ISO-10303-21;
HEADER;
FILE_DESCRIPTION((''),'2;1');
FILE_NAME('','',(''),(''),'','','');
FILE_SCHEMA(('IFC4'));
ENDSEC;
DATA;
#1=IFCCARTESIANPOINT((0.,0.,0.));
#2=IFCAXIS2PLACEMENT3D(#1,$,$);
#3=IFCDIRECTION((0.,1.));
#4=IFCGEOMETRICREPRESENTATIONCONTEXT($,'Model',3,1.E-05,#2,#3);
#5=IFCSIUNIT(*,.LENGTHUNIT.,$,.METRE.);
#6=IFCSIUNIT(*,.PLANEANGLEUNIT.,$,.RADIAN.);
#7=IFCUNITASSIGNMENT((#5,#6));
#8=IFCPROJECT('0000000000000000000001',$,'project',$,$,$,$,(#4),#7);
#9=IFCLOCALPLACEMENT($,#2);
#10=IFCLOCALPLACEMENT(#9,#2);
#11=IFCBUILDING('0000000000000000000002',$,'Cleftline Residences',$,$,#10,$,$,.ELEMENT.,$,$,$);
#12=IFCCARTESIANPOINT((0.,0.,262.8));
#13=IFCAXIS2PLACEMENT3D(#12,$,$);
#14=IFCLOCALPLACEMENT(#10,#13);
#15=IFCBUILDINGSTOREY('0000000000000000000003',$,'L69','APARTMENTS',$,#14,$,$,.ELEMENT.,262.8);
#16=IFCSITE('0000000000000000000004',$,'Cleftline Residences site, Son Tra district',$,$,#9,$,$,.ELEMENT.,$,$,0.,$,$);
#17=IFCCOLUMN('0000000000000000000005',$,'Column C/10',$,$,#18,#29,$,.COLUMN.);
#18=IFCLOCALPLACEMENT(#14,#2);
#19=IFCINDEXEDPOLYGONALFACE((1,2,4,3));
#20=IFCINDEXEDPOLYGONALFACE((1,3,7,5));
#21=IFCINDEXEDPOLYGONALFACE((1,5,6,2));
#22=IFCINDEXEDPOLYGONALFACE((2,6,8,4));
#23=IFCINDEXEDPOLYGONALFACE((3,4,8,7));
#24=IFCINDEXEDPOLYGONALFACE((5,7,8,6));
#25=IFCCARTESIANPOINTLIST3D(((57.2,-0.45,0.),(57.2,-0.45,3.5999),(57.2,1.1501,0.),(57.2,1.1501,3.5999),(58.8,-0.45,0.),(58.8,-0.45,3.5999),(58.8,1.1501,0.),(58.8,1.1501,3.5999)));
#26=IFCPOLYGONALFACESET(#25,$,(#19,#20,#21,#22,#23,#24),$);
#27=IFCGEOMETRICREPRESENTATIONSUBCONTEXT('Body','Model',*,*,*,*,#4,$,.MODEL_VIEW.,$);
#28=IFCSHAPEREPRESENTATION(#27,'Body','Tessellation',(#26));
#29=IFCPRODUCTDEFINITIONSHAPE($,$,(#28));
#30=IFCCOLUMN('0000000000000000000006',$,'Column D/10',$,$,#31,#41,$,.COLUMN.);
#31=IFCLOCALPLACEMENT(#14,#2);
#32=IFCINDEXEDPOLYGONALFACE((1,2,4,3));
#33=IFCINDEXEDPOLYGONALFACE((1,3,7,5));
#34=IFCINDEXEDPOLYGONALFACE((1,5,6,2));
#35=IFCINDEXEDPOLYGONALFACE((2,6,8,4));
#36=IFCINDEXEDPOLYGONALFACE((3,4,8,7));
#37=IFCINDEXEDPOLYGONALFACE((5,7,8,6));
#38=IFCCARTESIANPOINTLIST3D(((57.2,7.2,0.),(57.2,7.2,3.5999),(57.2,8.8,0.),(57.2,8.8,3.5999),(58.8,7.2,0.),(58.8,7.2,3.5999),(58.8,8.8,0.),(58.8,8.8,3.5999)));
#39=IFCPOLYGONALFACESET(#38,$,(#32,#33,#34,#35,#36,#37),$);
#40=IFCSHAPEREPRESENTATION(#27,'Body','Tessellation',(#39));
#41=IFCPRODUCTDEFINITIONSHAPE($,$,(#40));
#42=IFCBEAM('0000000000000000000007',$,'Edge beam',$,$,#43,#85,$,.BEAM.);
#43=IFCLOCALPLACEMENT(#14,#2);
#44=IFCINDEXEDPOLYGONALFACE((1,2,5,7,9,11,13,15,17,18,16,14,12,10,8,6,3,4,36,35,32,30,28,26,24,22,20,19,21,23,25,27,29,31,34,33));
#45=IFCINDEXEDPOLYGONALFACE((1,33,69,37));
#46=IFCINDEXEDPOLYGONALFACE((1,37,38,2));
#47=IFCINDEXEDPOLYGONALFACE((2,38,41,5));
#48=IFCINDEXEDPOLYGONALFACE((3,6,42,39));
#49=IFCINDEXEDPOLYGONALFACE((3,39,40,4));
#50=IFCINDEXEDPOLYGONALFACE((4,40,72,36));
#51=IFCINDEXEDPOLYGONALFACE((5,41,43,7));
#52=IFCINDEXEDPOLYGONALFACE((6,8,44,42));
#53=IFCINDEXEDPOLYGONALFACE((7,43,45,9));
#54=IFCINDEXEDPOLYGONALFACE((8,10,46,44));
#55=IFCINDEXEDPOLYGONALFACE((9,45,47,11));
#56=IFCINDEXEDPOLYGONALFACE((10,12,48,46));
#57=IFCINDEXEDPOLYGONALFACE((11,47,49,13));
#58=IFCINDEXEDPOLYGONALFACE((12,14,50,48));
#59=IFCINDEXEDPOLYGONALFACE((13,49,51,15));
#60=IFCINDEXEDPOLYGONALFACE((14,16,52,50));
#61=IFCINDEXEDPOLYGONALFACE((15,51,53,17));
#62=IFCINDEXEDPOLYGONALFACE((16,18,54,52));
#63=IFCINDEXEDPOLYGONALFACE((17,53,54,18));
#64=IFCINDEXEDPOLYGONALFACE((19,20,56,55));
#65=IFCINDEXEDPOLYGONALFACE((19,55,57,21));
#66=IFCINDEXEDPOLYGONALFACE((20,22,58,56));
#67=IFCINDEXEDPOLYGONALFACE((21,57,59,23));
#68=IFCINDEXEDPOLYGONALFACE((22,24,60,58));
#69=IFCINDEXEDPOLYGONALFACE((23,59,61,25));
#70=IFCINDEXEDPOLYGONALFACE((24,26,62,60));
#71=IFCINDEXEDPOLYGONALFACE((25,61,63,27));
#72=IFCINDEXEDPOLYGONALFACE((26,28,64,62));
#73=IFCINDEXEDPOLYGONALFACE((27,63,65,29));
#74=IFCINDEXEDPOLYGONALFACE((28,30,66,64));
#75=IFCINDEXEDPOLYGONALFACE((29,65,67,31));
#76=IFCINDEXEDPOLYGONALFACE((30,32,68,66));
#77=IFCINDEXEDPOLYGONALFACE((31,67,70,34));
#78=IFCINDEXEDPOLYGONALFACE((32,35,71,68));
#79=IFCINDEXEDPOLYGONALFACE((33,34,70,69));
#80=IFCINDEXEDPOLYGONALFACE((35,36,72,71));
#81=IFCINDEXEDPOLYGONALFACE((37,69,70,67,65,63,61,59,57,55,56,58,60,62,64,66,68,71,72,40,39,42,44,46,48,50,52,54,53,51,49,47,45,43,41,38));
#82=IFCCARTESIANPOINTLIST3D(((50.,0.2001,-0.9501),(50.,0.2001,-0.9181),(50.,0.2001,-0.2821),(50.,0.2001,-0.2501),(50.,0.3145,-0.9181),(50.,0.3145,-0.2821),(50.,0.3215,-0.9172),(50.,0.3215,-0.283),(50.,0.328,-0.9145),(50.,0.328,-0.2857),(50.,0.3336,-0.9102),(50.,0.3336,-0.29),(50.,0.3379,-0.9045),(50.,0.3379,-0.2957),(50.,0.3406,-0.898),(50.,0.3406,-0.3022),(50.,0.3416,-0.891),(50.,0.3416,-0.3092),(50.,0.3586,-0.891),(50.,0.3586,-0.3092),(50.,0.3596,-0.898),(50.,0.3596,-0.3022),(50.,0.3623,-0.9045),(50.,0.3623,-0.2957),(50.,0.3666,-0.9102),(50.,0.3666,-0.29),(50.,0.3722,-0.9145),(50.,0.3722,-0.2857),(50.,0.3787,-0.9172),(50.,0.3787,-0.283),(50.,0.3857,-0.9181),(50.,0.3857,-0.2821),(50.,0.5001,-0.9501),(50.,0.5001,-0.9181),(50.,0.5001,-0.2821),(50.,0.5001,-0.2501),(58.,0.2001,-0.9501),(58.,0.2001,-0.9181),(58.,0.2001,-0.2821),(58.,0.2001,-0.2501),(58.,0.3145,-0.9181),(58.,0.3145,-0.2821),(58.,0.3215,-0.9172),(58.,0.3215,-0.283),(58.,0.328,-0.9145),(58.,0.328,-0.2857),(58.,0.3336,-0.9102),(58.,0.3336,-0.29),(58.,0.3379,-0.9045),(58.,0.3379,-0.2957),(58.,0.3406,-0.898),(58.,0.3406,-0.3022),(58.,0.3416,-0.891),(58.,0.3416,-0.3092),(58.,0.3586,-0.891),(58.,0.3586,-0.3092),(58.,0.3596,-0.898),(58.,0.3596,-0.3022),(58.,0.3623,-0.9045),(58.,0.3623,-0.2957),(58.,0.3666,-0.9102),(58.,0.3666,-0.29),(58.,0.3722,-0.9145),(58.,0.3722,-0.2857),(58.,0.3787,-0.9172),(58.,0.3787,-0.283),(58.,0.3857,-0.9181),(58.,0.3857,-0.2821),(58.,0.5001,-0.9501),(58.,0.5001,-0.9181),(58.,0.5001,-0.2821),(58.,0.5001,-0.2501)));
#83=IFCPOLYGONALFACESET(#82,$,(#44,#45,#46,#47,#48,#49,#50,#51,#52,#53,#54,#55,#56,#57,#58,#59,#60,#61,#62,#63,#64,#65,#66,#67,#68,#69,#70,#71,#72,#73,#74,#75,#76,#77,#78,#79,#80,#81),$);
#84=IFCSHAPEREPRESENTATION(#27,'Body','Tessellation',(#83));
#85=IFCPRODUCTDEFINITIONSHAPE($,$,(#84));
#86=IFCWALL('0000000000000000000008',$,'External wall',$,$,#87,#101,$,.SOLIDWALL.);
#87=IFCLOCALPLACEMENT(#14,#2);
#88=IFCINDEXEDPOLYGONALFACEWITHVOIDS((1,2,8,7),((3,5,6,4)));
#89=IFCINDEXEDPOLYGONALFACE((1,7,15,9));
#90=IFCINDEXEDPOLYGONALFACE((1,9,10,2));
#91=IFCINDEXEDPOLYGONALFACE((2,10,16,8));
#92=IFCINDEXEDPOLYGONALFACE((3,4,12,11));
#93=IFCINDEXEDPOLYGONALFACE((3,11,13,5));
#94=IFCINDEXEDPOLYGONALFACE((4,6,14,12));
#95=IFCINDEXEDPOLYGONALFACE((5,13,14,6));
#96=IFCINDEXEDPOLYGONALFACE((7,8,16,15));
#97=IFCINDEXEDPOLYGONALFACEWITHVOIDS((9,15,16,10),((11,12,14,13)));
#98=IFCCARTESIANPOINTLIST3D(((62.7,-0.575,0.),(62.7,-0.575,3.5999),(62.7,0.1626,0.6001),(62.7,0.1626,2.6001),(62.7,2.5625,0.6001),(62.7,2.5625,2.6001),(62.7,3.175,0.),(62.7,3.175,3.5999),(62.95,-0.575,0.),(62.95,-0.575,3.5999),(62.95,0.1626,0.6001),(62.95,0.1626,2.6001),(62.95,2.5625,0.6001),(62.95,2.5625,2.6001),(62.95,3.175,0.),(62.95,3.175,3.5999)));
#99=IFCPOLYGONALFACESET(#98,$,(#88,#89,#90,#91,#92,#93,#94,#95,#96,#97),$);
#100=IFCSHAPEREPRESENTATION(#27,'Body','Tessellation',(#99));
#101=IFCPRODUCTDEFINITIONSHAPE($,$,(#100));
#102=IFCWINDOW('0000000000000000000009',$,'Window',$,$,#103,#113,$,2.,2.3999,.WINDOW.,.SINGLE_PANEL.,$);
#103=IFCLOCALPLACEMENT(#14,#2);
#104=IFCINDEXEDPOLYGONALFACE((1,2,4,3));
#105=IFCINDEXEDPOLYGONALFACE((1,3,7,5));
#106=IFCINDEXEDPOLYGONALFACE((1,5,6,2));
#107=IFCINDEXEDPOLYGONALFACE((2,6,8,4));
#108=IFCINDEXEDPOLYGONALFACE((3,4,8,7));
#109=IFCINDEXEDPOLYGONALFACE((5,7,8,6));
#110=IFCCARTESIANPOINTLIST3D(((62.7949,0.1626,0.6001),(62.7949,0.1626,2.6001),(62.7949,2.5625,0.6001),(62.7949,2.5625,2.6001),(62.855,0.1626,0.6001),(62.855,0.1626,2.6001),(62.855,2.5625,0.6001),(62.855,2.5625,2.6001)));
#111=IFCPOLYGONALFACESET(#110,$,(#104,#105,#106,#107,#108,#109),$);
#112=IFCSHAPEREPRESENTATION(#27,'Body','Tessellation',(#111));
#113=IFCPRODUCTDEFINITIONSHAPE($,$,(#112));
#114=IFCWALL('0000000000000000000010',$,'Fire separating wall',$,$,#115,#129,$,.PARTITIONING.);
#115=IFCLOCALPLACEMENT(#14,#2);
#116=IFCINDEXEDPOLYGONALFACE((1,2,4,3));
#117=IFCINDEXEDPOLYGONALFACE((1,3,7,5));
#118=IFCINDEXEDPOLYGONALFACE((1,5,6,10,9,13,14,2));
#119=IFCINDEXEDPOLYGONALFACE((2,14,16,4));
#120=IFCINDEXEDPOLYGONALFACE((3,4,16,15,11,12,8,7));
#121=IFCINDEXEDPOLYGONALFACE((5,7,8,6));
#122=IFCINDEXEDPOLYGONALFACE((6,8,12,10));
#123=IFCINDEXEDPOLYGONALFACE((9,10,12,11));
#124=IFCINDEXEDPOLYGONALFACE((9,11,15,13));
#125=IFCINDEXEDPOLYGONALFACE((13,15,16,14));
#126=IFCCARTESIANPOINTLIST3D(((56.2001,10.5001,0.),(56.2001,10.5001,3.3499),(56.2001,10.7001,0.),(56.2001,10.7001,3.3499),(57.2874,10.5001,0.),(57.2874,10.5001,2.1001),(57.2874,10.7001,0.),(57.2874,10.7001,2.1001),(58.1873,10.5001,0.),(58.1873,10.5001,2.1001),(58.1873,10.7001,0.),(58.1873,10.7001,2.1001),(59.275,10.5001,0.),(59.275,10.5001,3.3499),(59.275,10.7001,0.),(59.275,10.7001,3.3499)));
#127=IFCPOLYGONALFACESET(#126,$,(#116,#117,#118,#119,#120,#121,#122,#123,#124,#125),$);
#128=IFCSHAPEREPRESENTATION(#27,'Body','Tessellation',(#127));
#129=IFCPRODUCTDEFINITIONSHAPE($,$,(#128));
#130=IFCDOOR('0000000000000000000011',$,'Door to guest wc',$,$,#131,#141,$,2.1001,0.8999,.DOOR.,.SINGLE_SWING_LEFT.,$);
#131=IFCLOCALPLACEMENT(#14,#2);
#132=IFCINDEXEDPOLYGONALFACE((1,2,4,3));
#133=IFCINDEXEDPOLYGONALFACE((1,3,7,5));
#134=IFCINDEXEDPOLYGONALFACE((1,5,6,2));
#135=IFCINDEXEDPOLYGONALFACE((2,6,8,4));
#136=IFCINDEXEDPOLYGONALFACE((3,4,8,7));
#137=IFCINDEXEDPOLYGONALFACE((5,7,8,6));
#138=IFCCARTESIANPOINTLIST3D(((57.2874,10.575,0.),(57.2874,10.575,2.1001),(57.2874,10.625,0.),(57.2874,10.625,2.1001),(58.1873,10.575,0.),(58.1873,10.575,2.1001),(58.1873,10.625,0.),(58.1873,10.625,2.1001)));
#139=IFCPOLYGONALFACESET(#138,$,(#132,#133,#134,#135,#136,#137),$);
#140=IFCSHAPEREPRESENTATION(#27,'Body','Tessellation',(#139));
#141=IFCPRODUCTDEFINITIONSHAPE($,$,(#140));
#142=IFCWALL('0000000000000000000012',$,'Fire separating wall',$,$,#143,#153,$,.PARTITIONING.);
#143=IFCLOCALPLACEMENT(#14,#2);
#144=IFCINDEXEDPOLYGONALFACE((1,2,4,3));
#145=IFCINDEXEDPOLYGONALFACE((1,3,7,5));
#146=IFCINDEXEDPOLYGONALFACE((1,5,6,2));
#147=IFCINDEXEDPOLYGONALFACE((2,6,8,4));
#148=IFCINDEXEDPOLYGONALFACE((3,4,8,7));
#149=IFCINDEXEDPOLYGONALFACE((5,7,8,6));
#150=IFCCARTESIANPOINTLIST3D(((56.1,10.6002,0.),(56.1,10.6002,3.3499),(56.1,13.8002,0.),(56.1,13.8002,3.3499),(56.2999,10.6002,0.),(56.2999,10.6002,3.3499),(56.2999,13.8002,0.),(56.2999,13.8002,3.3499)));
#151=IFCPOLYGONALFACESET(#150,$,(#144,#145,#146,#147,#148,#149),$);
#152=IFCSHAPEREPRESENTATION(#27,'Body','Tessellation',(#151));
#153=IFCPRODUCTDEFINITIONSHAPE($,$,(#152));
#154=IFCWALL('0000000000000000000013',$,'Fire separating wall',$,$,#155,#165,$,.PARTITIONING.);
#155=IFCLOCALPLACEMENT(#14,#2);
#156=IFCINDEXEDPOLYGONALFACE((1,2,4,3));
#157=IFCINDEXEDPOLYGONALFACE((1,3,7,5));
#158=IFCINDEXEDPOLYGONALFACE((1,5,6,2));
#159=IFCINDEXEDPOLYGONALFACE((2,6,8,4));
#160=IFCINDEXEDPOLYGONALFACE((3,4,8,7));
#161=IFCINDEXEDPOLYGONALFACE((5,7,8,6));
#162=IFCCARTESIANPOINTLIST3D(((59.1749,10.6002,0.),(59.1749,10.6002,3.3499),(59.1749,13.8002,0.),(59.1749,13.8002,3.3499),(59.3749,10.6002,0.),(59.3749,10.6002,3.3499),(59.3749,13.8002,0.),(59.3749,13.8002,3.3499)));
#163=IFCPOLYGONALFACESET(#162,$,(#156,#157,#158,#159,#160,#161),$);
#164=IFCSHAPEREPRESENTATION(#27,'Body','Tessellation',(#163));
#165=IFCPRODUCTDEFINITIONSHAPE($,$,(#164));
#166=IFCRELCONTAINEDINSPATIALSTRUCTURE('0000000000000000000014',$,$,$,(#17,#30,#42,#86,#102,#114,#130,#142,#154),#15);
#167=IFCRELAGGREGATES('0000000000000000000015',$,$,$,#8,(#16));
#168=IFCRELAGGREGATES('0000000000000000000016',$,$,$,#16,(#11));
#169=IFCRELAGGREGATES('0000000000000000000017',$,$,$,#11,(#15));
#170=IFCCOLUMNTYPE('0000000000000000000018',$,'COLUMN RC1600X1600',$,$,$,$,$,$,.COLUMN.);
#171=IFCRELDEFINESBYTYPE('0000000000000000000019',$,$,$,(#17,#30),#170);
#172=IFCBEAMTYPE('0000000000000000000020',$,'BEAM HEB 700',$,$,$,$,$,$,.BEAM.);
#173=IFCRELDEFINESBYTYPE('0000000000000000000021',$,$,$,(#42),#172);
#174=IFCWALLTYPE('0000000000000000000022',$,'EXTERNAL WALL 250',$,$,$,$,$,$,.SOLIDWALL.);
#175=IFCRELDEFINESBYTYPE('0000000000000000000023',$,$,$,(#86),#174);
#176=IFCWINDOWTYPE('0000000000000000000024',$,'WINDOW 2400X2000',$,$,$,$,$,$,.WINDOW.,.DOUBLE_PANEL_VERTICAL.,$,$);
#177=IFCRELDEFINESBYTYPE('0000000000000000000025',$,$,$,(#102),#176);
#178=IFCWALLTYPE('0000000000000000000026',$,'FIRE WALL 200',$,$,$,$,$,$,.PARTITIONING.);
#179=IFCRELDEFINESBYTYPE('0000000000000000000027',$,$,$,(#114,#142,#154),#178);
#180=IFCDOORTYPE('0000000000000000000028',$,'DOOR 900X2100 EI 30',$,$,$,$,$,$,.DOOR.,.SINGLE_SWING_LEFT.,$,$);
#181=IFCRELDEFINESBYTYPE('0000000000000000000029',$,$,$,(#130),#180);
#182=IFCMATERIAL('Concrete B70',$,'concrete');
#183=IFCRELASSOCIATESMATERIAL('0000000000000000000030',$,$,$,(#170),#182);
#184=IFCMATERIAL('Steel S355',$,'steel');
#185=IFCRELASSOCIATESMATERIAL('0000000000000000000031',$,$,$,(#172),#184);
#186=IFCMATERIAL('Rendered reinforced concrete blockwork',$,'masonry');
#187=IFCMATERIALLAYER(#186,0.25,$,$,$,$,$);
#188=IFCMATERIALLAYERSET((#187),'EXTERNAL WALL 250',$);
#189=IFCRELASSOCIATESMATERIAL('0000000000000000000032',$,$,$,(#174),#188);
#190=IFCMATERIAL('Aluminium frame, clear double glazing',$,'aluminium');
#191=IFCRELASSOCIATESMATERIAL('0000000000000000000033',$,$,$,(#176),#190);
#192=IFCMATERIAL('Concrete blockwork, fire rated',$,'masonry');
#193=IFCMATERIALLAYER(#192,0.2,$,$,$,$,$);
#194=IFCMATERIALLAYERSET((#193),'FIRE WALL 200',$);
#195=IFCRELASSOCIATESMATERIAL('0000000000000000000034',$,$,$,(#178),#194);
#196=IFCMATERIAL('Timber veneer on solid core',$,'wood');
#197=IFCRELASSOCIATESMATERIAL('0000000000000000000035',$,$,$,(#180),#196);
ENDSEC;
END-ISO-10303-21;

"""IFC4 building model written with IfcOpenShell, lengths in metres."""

from ifc_helpers import new_model, si_unit, direction, frame, frame_2d, origin, origin_2d, place, context, subcontext, project, spatial, rectangle, i_section, extrude, material, layer, layer_set, material_profile, profile_set, type_object, element, fill, save


model = new_model("IFC4")

# Units and contexts
model_context = context("Model", 3, precision=1e-05, world=origin(), true_north=direction((0.0, 1.0)))
body_context = subcontext(model_context, "Body", "Model", "MODEL_VIEW")
ifc_project = project(units=[si_unit("LENGTHUNIT", "METRE"), si_unit("PLANEANGLEUNIT", "RADIAN")], contexts=[model_context])

# Site, building, storey
site_placement = place(None, origin())
site = spatial("IfcSite", under=ifc_project, at=site_placement, Name="Cleftline Residences site, Son Tra district", CompositionType="ELEMENT", RefElevation=0.0)
building_placement = place(site_placement, origin())
building = spatial("IfcBuilding", under=site, at=building_placement, Name="Cleftline Residences", CompositionType="ELEMENT")
storey_placement = place(building_placement, frame((0.0, 0.0, 262.8)))
storey = spatial("IfcBuildingStorey", under=building, at=storey_placement, Name="L69", Description="APARTMENTS", CompositionType="ELEMENT", Elevation=262.8)

# Columns
ifc_material_1 = material(Name="Concrete B70", Category="concrete")
ifc_material_profile_1 = material_profile(ifc_material_1, rectangle(XDim=1.6001, YDim=1.6001, at=origin_2d()))
ifc_profile_set_1 = profile_set([ifc_material_profile_1], Name="Concrete B70")
column_type = type_object("IfcColumnType", Name="COLUMN RC1600X1600", PredefinedType="COLUMN", material=ifc_profile_set_1)
for number, where, z_axis, x_axis, name in (
    (1, (58.0, 0.3501, 0.0), (0.0, 0.0, 1.0), (1.0, 0.0, 0.0), "Column C/10"),
    (2, (58.0, 8.0, 0.0), (0.0, 0.0, 1.0), (1.0, 0.0, 0.0), "Column D/10"),
):
    element("IfcColumn", number, at=place(storey_placement, frame(where, z_axis=z_axis, x_axis=x_axis)), inside=storey, type_object=column_type, Name=name, PredefinedType="COLUMN", context=body_context, shape_type="SweptSolid", body=[
        extrude(rectangle(XDim=1.6001, YDim=1.6001, at=origin_2d()), origin(), (0.0, 0.0, 1.0), 3.5999),
    ])

# Beam
ifc_material_2 = material(Name="Steel S355", Category="steel")
ifc_material_profile_2 = material_profile(ifc_material_2, i_section(OverallWidth=0.3, OverallDepth=0.7, WebThickness=0.0171, FlangeThickness=0.032, FilletRadius=0.0271, at=origin_2d()))
ifc_profile_set_2 = profile_set([ifc_material_profile_2], Name="Steel S355")
beam_type = type_object("IfcBeamType", Name="BEAM HEB 700", PredefinedType="BEAM", material=ifc_profile_set_2)
beam_placement = place(storey_placement, frame((58.0, 0.3501, -0.6001), z_axis=(-1.0, 0.0, 0.0), x_axis=(0.0, -1.0, 0.0)))
element("IfcBeam", 3, at=beam_placement, inside=storey, type_object=beam_type, Name="Edge beam", PredefinedType="BEAM", context=body_context, shape_type="SweptSolid", body=[
    extrude(i_section(OverallWidth=0.3, OverallDepth=0.7, WebThickness=0.0171, FlangeThickness=0.032, FilletRadius=0.0271, at=origin_2d()), origin(), (0.0, 0.0, 1.0), 8.0),
])

# Wall, opening, window
ifc_material_3 = material(Name="Rendered reinforced concrete blockwork", Category="masonry")
ifc_layer_1 = layer(ifc_material_3, 0.25)
ifc_layer_set_1 = layer_set([ifc_layer_1], Name="EXTERNAL WALL 250")
wall_type_1 = type_object("IfcWallType", Name="EXTERNAL WALL 250", PredefinedType="SOLIDWALL", material=ifc_layer_set_1)
wall_1_placement = place(storey_placement, frame((62.825, -0.575, 0.0), z_axis=(0.0, 0.0, 1.0), x_axis=(0.0, 1.0, 0.0)))
wall_1 = element("IfcWall", 4, at=wall_1_placement, inside=storey, type_object=wall_type_1, Name="External wall", PredefinedType="SOLIDWALL", context=body_context, shape_type="SweptSolid", body=[
    extrude(rectangle(XDim=3.75, YDim=0.25, at=frame_2d((1.875, 0.0))), origin(), (0.0, 0.0, 1.0), 3.5999),
])
opening_1_placement = place(wall_1_placement, frame((0.7375, 0.0, 0.6001)))
opening_1 = element("IfcOpeningElement", 5, at=opening_1_placement, cuts=wall_1, PredefinedType="OPENING", context=body_context, shape_type="SweptSolid", body=[
    extrude(rectangle(XDim=2.3999, YDim=2.0, at=frame_2d((1.2, 1.0))), frame((0.0, 0.135, 0.0), z_axis=(0.0, -1.0, 0.0), x_axis=(1.0, 0.0, 0.0)), (0.0, 0.0, 1.0), 0.27),
])
ifc_material_4 = material(Name="Aluminium frame, clear double glazing", Category="aluminium")
window_type = type_object("IfcWindowType", Name="WINDOW 2400X2000", PartitioningType="DOUBLE_PANEL_VERTICAL", PredefinedType="WINDOW", material=ifc_material_4)
window_placement = place(opening_1_placement, origin())
window = element("IfcWindow", 6, at=window_placement, inside=storey, type_object=window_type, Name="Window", OverallHeight=2.0, OverallWidth=2.3999, PartitioningType="SINGLE_PANEL", PredefinedType="WINDOW", context=body_context, shape_type="SweptSolid", body=[
    extrude(rectangle(XDim=2.3999, YDim=2.0, at=frame_2d((1.2, 1.0))), frame((0.0, 0.03, 0.0), z_axis=(0.0, -1.0, 0.0), x_axis=(1.0, 0.0, 0.0)), (0.0, 0.0, 1.0), 0.0601),
])
fill(opening_1, window)

# Wall, opening, door
ifc_material_5 = material(Name="Concrete blockwork, fire rated", Category="masonry")
ifc_layer_2 = layer(ifc_material_5, 0.2)
ifc_layer_set_2 = layer_set([ifc_layer_2], Name="FIRE WALL 200")
wall_type_2 = type_object("IfcWallType", Name="FIRE WALL 200", PredefinedType="PARTITIONING", material=ifc_layer_set_2)
wall_2_placement = place(storey_placement, frame((56.2, 10.6001, 0.0), z_axis=(0.0, 0.0, 1.0), x_axis=(1.0, 0.0, 0.0)))
wall_2 = element("IfcWall", 7, at=wall_2_placement, inside=storey, type_object=wall_type_2, Name="Fire separating wall", PredefinedType="PARTITIONING", context=body_context, shape_type="SweptSolid", body=[
    extrude(rectangle(XDim=3.075, YDim=0.2, at=frame_2d((1.5376, 0.0))), origin(), (0.0, 0.0, 1.0), 3.3499),
])
opening_2_placement = place(wall_2_placement, frame((1.0874, 0.0, 0.0)))
opening_2 = element("IfcOpeningElement", 8, at=opening_2_placement, cuts=wall_2, PredefinedType="OPENING", context=body_context, shape_type="SweptSolid", body=[
    extrude(rectangle(XDim=0.8999, YDim=2.1001, at=frame_2d((0.45, 1.05))), frame((0.0, 0.1099, 0.0), z_axis=(0.0, -1.0, 0.0), x_axis=(1.0, 0.0, 0.0)), (0.0, 0.0, 1.0), 0.22),
])
ifc_material_6 = material(Name="Timber veneer on solid core", Category="wood")
door_type_1 = type_object("IfcDoorType", Name="DOOR 900X2100 EI 30", OperationType="SINGLE_SWING_LEFT", PredefinedType="DOOR", material=ifc_material_6)
door_1_placement = place(opening_2_placement, origin())
door_1 = element("IfcDoor", 9, at=door_1_placement, inside=storey, type_object=door_type_1, Name="Door to guest wc", OperationType="SINGLE_SWING_LEFT", OverallHeight=2.1001, OverallWidth=0.8999, PredefinedType="DOOR", context=body_context, shape_type="SweptSolid", body=[
    extrude(rectangle(XDim=0.8999, YDim=2.1001, at=frame_2d((0.45, 1.05))), frame((0.0, 0.0249, 0.0), z_axis=(0.0, -1.0, 0.0), x_axis=(1.0, 0.0, 0.0)), (0.0, 0.0, 1.0), 0.05),
])
fill(opening_2, door_1)

# Walls
for number, where, z_axis, x_axis, name in (
    (10, (56.2, 10.6001, 0.0), (0.0, 0.0, 1.0), (0.0, 1.0, 0.0), "Fire separating wall"),
    (11, (59.2749, 10.6001, 0.0), (0.0, 0.0, 1.0), (0.0, 1.0, 0.0), "Fire separating wall"),
):
    element("IfcWall", number, at=place(storey_placement, frame(where, z_axis=z_axis, x_axis=x_axis)), inside=storey, type_object=wall_type_2, Name=name, PredefinedType="PARTITIONING", context=body_context, shape_type="SweptSolid", body=[
        extrude(rectangle(XDim=3.2, YDim=0.2, at=frame_2d((1.6001, 0.0))), origin(), (0.0, 0.0, 1.0), 3.3499),
    ])

save(model, "model.ifc")
